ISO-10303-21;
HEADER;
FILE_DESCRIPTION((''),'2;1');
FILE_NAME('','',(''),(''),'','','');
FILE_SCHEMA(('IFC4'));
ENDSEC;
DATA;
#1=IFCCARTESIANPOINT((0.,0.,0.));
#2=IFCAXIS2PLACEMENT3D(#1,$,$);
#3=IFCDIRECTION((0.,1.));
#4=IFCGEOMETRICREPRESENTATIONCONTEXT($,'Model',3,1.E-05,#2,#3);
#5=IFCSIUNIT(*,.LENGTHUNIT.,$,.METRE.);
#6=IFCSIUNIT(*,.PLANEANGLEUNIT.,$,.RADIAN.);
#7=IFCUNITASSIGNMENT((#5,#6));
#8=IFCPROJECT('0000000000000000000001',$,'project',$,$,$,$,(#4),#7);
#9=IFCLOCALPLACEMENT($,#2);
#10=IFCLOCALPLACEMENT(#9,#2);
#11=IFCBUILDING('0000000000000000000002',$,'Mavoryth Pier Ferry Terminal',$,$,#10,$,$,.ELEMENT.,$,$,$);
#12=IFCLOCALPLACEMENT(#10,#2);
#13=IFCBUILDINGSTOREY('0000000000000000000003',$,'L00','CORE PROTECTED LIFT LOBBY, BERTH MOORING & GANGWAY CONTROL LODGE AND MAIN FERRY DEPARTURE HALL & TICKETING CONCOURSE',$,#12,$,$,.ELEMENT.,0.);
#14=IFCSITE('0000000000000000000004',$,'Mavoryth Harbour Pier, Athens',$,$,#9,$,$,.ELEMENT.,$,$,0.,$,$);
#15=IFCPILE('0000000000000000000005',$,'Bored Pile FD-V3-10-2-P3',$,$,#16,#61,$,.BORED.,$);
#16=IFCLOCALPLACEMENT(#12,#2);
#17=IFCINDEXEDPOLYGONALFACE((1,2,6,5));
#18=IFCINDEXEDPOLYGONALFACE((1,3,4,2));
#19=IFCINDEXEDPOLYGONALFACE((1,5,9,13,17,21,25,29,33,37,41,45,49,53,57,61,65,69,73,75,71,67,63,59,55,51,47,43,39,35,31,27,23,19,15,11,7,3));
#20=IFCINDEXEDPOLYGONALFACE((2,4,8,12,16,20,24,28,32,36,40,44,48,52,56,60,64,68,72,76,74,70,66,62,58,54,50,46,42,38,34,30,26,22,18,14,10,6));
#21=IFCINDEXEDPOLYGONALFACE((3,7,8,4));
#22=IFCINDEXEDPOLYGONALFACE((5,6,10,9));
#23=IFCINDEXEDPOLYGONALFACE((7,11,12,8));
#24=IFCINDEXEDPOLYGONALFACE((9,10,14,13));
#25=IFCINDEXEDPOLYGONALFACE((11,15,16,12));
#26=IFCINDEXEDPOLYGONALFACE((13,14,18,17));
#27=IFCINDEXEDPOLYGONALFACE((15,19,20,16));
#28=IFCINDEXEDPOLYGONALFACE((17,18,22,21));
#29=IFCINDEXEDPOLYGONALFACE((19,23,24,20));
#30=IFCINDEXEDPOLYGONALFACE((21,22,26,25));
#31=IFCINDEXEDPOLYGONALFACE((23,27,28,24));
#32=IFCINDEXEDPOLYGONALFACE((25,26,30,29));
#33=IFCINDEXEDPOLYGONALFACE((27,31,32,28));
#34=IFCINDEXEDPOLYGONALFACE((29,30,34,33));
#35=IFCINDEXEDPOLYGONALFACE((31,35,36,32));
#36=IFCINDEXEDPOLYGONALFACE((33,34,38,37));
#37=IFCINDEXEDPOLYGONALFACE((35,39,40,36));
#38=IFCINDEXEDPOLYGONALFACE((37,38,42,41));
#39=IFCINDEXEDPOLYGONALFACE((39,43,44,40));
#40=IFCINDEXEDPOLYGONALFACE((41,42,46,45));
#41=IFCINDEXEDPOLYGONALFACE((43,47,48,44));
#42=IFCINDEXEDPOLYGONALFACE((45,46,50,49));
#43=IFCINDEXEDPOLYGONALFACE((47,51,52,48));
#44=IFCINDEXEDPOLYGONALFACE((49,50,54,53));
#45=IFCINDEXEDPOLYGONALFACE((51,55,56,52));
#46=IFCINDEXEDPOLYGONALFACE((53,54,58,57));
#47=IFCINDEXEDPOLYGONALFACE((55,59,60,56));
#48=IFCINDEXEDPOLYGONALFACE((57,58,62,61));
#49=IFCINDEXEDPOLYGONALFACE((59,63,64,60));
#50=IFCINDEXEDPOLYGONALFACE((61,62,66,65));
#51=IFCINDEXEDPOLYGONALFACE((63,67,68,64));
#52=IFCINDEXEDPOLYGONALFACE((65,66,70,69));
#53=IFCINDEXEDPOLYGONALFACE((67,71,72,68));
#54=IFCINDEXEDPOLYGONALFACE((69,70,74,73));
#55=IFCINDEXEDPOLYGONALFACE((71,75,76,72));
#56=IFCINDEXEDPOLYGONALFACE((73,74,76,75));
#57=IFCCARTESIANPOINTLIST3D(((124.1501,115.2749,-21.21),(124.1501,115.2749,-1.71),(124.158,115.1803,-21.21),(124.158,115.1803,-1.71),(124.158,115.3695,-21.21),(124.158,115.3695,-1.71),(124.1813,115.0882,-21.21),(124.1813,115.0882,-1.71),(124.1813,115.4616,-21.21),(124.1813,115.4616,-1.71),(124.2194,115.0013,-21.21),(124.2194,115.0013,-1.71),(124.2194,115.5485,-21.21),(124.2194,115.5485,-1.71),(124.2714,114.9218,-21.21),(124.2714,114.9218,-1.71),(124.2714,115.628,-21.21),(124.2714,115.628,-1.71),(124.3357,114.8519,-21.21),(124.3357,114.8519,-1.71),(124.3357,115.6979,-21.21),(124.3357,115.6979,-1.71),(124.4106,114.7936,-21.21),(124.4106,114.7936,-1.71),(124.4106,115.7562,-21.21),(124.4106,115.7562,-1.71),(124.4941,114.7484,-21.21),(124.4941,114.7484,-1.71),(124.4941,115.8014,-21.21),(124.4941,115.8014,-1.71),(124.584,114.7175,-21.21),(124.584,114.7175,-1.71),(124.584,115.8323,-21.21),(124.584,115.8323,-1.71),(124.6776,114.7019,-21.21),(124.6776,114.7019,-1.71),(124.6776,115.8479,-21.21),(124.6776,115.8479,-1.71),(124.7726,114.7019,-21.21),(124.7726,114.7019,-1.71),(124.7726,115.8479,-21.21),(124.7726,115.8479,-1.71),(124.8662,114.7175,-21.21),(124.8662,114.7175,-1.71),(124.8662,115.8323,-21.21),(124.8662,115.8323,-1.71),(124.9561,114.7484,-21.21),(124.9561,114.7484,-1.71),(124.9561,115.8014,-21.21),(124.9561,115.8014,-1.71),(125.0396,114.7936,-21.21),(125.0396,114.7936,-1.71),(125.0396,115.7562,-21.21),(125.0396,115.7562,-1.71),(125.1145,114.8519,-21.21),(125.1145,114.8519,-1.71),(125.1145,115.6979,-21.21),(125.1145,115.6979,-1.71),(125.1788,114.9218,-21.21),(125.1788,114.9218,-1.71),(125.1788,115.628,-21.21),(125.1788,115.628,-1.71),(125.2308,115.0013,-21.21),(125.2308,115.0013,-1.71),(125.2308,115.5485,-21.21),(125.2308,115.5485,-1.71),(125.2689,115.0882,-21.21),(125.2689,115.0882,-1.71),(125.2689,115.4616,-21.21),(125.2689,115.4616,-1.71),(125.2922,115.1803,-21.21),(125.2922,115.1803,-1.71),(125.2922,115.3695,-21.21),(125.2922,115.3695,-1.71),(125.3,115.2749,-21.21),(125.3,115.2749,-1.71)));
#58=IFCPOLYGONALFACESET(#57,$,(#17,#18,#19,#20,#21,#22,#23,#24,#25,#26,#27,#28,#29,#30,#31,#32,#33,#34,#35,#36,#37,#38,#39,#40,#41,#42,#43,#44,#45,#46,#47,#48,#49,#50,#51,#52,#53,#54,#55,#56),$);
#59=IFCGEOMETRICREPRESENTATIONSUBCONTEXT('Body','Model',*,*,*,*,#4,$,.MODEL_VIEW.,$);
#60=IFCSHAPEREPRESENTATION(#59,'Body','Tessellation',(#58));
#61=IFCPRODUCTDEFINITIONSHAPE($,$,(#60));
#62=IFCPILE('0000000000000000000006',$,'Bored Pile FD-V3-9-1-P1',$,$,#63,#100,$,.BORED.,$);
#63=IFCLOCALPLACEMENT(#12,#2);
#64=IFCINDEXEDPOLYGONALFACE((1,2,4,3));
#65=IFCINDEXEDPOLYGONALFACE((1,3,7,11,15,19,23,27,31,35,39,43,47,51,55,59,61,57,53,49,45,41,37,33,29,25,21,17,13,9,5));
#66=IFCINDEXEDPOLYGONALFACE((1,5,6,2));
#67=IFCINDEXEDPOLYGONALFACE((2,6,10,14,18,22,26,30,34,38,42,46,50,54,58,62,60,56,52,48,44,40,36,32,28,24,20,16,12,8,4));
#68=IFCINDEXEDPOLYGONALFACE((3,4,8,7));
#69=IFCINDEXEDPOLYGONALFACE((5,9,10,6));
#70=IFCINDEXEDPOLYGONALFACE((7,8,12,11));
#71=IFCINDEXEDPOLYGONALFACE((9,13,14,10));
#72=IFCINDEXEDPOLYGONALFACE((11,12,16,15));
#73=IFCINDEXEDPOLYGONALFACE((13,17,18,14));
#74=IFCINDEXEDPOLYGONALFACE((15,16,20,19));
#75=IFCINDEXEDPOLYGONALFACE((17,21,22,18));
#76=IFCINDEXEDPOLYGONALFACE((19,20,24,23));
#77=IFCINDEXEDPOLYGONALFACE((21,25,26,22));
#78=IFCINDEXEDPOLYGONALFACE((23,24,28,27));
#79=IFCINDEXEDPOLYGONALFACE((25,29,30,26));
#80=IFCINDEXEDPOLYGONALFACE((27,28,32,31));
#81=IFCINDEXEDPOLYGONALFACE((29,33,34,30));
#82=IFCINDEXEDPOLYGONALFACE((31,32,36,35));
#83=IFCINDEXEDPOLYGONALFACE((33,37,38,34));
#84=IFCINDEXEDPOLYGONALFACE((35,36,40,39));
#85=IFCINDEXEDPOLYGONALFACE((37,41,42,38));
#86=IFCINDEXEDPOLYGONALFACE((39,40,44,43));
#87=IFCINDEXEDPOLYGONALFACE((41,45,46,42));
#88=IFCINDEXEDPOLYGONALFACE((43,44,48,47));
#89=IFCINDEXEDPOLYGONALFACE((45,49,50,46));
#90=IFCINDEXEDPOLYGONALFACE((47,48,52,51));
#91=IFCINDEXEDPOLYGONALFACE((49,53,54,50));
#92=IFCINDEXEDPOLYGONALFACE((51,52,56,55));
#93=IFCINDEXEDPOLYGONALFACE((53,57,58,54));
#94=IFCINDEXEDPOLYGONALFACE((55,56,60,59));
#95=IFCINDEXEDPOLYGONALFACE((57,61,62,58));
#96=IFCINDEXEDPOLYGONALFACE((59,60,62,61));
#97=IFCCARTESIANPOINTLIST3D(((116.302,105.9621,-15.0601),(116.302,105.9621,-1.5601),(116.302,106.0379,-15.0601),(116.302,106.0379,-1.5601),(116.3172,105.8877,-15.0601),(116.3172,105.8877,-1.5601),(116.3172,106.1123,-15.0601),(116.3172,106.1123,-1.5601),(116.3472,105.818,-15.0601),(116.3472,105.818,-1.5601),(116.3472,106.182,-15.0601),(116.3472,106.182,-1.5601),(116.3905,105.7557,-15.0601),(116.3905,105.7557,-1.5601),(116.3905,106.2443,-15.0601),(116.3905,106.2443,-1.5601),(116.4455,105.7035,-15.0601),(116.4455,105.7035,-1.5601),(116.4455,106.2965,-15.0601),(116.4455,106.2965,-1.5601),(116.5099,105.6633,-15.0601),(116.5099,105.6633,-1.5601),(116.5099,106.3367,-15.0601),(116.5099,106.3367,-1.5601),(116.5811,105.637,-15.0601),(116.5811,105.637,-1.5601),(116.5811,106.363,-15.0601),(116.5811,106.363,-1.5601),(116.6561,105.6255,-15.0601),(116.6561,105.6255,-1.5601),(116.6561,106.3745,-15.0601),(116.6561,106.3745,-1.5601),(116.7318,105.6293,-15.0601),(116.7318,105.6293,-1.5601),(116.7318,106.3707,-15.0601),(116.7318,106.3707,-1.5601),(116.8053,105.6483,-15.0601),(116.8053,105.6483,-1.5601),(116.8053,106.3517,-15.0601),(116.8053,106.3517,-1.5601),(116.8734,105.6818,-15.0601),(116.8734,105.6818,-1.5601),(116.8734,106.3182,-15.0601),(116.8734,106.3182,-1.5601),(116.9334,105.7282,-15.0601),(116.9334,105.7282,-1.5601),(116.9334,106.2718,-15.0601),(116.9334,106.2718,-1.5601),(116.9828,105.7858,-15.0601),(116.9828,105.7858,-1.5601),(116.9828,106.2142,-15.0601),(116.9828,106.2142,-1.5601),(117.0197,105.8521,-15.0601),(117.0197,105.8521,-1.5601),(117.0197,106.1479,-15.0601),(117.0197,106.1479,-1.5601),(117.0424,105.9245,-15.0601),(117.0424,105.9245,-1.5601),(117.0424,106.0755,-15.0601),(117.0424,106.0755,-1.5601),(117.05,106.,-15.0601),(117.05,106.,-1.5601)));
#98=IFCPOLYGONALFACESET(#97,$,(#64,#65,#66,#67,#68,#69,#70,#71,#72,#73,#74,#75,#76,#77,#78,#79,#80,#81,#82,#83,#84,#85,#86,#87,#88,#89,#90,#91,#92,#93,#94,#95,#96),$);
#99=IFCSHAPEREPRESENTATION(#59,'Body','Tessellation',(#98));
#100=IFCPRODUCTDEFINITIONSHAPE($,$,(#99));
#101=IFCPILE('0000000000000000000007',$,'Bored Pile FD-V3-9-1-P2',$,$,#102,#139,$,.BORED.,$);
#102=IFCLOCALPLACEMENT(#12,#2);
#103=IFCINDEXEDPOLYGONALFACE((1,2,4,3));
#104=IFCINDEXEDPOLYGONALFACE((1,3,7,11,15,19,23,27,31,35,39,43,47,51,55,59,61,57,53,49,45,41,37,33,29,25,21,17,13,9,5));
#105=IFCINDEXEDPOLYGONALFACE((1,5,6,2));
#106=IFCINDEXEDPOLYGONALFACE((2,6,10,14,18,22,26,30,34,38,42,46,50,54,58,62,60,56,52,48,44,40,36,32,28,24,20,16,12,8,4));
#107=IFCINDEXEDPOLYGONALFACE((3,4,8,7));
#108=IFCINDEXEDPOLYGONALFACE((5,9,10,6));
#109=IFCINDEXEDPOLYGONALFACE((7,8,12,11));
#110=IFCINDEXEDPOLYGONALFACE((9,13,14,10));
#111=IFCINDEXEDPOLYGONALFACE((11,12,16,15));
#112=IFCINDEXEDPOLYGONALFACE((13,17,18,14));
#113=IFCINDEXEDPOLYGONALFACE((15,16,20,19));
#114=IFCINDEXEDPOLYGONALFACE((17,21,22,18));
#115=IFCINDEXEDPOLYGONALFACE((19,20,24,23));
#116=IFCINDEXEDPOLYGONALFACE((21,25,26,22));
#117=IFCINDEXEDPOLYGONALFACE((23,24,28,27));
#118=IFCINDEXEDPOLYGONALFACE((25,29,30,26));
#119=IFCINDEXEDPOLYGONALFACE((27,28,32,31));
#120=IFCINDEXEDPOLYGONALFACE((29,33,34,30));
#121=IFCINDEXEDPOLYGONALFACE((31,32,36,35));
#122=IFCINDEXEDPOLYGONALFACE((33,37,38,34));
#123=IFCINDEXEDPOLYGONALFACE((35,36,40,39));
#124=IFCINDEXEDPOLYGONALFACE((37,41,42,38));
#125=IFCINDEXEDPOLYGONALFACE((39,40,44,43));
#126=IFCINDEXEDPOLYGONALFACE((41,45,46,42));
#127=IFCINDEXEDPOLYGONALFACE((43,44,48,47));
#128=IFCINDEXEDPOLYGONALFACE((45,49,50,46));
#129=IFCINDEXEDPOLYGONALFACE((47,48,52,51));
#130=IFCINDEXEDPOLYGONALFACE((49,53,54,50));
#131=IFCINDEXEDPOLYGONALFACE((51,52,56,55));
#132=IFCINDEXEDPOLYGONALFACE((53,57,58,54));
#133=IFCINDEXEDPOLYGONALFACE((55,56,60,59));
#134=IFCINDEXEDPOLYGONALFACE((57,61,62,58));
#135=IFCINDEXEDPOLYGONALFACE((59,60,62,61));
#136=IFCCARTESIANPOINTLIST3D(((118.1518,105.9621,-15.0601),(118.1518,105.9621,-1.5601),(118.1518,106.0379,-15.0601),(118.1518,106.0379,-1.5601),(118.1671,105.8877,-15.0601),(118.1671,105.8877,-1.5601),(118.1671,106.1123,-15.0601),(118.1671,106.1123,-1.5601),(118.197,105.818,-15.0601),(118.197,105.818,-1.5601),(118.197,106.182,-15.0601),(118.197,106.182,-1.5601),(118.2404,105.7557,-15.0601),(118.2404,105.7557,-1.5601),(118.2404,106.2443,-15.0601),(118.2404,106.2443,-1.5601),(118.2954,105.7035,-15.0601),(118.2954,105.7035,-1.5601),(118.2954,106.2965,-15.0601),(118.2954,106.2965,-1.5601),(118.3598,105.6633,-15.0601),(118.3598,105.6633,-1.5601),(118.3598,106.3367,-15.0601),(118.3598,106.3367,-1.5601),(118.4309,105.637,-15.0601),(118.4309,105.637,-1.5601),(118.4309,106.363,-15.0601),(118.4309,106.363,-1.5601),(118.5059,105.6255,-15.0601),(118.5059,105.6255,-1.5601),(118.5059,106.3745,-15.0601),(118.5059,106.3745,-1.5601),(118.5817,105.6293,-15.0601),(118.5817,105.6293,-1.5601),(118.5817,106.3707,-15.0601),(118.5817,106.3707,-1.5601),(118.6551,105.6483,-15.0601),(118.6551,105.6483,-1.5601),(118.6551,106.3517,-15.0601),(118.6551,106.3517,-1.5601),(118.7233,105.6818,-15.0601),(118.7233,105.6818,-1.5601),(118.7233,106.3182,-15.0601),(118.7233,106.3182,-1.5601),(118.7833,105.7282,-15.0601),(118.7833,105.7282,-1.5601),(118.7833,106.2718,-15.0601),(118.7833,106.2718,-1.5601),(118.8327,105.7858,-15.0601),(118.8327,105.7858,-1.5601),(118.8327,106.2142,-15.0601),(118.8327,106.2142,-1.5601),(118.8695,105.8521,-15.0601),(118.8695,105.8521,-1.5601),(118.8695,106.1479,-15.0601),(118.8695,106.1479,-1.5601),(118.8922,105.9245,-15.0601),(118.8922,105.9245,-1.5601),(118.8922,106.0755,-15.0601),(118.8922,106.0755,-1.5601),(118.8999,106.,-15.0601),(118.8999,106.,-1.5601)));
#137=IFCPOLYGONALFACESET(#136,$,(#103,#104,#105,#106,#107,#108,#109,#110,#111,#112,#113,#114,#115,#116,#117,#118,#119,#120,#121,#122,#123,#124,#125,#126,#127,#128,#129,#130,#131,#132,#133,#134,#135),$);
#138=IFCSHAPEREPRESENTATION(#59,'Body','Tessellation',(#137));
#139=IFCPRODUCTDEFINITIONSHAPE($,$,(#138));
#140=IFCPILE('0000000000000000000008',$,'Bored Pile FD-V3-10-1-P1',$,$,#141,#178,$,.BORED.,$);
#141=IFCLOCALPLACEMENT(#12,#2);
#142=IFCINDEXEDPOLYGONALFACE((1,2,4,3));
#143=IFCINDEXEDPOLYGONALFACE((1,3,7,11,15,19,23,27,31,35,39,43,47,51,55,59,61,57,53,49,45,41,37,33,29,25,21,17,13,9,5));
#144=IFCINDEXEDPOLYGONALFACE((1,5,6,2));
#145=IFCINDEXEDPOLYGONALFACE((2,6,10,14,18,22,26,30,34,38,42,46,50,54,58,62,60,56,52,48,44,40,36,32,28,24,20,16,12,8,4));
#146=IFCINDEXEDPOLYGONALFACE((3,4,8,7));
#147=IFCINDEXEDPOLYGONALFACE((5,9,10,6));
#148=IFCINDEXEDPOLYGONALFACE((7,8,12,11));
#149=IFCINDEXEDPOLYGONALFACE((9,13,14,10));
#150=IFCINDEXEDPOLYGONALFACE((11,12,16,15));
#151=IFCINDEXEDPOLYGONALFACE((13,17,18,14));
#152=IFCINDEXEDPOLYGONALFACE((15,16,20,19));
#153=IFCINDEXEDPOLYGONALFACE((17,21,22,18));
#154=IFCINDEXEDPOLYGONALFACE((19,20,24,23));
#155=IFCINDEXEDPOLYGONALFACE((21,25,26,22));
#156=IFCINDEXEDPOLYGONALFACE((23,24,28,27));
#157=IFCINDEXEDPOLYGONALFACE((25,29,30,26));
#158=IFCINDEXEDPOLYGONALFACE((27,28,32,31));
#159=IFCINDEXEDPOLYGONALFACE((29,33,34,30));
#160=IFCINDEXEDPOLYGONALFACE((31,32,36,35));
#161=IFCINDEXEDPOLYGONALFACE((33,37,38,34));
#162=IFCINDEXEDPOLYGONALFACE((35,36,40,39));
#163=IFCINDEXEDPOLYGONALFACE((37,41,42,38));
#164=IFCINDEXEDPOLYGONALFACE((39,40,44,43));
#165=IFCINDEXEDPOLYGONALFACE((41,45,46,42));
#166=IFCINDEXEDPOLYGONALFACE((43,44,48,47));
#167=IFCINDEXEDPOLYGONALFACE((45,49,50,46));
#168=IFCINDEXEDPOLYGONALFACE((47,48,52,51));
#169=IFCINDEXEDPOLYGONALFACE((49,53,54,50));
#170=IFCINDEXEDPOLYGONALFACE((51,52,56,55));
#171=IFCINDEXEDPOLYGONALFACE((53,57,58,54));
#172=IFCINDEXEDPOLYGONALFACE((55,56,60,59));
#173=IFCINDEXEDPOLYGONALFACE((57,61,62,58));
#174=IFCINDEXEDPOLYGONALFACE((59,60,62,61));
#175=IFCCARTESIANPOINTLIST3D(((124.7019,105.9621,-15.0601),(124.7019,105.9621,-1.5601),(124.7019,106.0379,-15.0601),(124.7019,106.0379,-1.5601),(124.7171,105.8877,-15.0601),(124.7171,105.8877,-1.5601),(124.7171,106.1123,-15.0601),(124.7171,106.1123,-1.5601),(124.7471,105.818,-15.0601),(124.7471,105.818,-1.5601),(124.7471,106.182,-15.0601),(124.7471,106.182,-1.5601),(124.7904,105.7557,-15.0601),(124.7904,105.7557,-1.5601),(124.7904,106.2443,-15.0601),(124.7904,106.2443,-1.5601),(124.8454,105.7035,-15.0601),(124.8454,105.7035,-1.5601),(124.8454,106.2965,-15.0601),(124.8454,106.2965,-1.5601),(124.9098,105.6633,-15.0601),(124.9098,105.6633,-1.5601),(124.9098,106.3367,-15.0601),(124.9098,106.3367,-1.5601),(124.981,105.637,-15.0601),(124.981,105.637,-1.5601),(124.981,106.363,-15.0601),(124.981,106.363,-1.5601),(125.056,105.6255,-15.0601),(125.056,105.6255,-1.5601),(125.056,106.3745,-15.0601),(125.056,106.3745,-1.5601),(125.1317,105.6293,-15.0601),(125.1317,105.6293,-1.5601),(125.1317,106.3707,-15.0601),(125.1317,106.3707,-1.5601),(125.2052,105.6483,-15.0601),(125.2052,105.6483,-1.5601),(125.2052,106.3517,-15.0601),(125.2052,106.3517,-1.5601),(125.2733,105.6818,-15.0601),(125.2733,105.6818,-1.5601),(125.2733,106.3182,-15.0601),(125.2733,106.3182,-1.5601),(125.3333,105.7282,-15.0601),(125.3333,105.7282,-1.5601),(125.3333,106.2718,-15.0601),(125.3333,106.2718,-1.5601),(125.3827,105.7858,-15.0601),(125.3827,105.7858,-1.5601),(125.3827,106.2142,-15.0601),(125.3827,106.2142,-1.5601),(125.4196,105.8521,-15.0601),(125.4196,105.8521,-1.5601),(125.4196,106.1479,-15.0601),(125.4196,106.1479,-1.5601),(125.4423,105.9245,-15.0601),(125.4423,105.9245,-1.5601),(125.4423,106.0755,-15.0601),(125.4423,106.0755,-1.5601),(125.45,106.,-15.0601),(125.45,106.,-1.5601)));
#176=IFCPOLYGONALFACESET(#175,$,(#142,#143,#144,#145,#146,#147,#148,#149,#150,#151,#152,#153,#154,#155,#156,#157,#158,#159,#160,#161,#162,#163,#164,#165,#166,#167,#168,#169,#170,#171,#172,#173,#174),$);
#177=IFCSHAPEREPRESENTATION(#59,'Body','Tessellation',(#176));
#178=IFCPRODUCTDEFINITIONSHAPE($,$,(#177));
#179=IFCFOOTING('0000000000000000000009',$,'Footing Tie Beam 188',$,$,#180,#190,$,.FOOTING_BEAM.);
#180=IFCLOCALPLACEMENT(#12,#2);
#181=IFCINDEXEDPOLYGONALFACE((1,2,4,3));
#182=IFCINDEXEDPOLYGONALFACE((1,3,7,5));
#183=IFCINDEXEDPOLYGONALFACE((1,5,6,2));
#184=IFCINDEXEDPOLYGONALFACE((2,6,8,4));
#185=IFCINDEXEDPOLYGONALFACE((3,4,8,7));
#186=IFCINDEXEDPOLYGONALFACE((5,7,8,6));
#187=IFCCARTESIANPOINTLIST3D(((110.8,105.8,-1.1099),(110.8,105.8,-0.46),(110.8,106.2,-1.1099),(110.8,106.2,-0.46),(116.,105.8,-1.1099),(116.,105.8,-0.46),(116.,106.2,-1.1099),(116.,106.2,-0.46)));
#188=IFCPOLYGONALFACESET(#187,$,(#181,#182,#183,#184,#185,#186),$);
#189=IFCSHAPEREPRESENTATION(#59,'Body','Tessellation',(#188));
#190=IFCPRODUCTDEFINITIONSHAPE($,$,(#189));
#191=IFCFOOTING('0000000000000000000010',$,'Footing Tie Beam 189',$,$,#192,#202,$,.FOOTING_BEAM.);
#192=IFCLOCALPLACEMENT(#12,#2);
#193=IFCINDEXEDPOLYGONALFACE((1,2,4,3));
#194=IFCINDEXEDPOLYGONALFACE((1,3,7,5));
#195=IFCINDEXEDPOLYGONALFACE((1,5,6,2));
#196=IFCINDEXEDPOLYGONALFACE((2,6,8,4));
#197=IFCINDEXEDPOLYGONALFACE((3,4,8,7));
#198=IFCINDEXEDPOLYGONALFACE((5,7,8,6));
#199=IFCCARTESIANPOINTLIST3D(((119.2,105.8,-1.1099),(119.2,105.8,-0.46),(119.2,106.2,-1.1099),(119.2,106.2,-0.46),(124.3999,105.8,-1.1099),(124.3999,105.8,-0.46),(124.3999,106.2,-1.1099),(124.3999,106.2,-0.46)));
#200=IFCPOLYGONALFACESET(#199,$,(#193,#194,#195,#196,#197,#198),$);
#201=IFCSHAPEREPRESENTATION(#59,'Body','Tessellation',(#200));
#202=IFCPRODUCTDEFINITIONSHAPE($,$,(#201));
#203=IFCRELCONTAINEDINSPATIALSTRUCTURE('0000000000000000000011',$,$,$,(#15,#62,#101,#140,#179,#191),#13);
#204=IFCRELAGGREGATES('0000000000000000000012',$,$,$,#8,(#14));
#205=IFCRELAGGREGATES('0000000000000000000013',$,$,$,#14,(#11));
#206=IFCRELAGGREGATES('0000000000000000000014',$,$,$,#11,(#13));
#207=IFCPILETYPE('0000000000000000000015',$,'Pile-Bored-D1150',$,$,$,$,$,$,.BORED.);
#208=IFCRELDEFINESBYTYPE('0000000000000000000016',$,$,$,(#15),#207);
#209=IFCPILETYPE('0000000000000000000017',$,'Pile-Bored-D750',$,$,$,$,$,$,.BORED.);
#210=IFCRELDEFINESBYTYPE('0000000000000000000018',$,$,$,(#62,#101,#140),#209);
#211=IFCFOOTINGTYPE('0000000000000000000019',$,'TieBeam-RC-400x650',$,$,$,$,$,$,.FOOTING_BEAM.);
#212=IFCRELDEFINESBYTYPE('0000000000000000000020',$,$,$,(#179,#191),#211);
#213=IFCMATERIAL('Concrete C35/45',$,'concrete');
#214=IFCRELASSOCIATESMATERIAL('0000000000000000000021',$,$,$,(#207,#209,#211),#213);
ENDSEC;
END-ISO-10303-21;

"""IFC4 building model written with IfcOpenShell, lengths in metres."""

from ifc_helpers import new_model, si_unit, direction, frame, origin, origin_2d, place, context, subcontext, project, spatial, rectangle, circle, extrude, material, material_profile, profile_set, type_object, element, save


model = new_model("IFC4")

# Units and contexts
model_context = context("Model", 3, precision=1e-05, world=origin(), true_north=direction((0.0, 1.0)))
body_context = subcontext(model_context, "Body", "Model", "MODEL_VIEW")
ifc_project = project(units=[si_unit("LENGTHUNIT", "METRE"), si_unit("PLANEANGLEUNIT", "RADIAN")], contexts=[model_context])

# Site, building, storey
site_placement = place(None, origin())
site = spatial("IfcSite", under=ifc_project, at=site_placement, Name="Mavoryth Harbour Pier, Athens", CompositionType="ELEMENT", RefElevation=0.0)
building_placement = place(site_placement, origin())
building = spatial("IfcBuilding", under=site, at=building_placement, Name="Mavoryth Pier Ferry Terminal", CompositionType="ELEMENT")
storey_placement = place(building_placement, origin())
storey = spatial("IfcBuildingStorey", under=building, at=storey_placement, Name="L00", Description="CORE PROTECTED LIFT LOBBY, BERTH MOORING & GANGWAY CONTROL LODGE AND MAIN FERRY DEPARTURE HALL & TICKETING CONCOURSE", CompositionType="ELEMENT", Elevation=0.0)

# Shared definitions
ifc_material_1 = material(Name="Concrete C35/45", Category="concrete")

# Piles
ifc_material_profile_1 = material_profile(ifc_material_1, circle(Radius=0.575, at=origin_2d()), Name="PILE D1150", Category="concrete")
ifc_profile_set_1 = profile_set([ifc_material_profile_1], Name="Concrete C35/45 - PILE D1150")
pile_type_1 = type_object("IfcPileType", Name="Pile-Bored-D1150", PredefinedType="BORED", material=ifc_profile_set_1)
for number, where, z_axis, x_axis, name in (
    (1, (124.7251, 115.2749, -1.71), (0.0, 0.0, -1.0), (1.0, 0.0, 0.0), "Bored Pile FD-V3-10-2-P3"),
):
    element("IfcPile", number, at=place(storey_placement, frame(where, z_axis=z_axis, x_axis=x_axis)), inside=storey, type_object=pile_type_1, Name=name, PredefinedType="BORED", context=body_context, shape_type="SweptSolid", body=[
        extrude(circle(Radius=0.575, at=origin_2d()), origin(), (0.0, 0.0, 1.0), 19.5),
    ])
ifc_material_profile_2 = material_profile(ifc_material_1, circle(Radius=0.375, at=origin_2d()), Name="PILE D750", Category="concrete")
ifc_profile_set_2 = profile_set([ifc_material_profile_2], Name="Concrete C35/45 - PILE D750")
pile_type_2 = type_object("IfcPileType", Name="Pile-Bored-D750", PredefinedType="BORED", material=ifc_profile_set_2)
for number, where, z_axis, x_axis, name in (
    (2, (116.675, 106.0, -1.5601), (0.0, 0.0, -1.0), (1.0, 0.0, 0.0), "Bored Pile FD-V3-9-1-P1"),
    (3, (118.5249, 106.0, -1.5601), (0.0, 0.0, -1.0), (1.0, 0.0, 0.0), "Bored Pile FD-V3-9-1-P2"),
    (4, (125.075, 106.0, -1.5601), (0.0, 0.0, -1.0), (1.0, 0.0, 0.0), "Bored Pile FD-V3-10-1-P1"),
):
    element("IfcPile", number, at=place(storey_placement, frame(where, z_axis=z_axis, x_axis=x_axis)), inside=storey, type_object=pile_type_2, Name=name, PredefinedType="BORED", context=body_context, shape_type="SweptSolid", body=[
        extrude(circle(Radius=0.375, at=origin_2d()), origin(), (0.0, 0.0, 1.0), 13.5),
    ])

# Footings
ifc_material_profile_3 = material_profile(ifc_material_1, rectangle(XDim=0.3999, YDim=0.6499, at=origin_2d()), Name="RC 400x650", Category="concrete")
ifc_profile_set_3 = profile_set([ifc_material_profile_3], Name="Concrete C35/45 - RC 400x650")
footing_type_1 = type_object("IfcFootingType", Name="TieBeam-RC-400x650", PredefinedType="FOOTING_BEAM", material=ifc_profile_set_3)
for number, where, z_axis, x_axis, name in (
    (5, (110.8, 106.0, -0.7849), (1.0, 0.0, 0.0), (0.0, 1.0, 0.0), "Footing Tie Beam 188"),
    (6, (119.2, 106.0, -0.7849), (1.0, 0.0, 0.0), (0.0, 1.0, 0.0), "Footing Tie Beam 189"),
):
    element("IfcFooting", number, at=place(storey_placement, frame(where, z_axis=z_axis, x_axis=x_axis)), inside=storey, type_object=footing_type_1, Name=name, PredefinedType="FOOTING_BEAM", context=body_context, shape_type="SweptSolid", body=[
        extrude(rectangle(XDim=0.3999, YDim=0.6499, at=origin_2d()), origin(), (0.0, 0.0, 1.0), 5.2),
    ])

save(model, "model.ifc")
